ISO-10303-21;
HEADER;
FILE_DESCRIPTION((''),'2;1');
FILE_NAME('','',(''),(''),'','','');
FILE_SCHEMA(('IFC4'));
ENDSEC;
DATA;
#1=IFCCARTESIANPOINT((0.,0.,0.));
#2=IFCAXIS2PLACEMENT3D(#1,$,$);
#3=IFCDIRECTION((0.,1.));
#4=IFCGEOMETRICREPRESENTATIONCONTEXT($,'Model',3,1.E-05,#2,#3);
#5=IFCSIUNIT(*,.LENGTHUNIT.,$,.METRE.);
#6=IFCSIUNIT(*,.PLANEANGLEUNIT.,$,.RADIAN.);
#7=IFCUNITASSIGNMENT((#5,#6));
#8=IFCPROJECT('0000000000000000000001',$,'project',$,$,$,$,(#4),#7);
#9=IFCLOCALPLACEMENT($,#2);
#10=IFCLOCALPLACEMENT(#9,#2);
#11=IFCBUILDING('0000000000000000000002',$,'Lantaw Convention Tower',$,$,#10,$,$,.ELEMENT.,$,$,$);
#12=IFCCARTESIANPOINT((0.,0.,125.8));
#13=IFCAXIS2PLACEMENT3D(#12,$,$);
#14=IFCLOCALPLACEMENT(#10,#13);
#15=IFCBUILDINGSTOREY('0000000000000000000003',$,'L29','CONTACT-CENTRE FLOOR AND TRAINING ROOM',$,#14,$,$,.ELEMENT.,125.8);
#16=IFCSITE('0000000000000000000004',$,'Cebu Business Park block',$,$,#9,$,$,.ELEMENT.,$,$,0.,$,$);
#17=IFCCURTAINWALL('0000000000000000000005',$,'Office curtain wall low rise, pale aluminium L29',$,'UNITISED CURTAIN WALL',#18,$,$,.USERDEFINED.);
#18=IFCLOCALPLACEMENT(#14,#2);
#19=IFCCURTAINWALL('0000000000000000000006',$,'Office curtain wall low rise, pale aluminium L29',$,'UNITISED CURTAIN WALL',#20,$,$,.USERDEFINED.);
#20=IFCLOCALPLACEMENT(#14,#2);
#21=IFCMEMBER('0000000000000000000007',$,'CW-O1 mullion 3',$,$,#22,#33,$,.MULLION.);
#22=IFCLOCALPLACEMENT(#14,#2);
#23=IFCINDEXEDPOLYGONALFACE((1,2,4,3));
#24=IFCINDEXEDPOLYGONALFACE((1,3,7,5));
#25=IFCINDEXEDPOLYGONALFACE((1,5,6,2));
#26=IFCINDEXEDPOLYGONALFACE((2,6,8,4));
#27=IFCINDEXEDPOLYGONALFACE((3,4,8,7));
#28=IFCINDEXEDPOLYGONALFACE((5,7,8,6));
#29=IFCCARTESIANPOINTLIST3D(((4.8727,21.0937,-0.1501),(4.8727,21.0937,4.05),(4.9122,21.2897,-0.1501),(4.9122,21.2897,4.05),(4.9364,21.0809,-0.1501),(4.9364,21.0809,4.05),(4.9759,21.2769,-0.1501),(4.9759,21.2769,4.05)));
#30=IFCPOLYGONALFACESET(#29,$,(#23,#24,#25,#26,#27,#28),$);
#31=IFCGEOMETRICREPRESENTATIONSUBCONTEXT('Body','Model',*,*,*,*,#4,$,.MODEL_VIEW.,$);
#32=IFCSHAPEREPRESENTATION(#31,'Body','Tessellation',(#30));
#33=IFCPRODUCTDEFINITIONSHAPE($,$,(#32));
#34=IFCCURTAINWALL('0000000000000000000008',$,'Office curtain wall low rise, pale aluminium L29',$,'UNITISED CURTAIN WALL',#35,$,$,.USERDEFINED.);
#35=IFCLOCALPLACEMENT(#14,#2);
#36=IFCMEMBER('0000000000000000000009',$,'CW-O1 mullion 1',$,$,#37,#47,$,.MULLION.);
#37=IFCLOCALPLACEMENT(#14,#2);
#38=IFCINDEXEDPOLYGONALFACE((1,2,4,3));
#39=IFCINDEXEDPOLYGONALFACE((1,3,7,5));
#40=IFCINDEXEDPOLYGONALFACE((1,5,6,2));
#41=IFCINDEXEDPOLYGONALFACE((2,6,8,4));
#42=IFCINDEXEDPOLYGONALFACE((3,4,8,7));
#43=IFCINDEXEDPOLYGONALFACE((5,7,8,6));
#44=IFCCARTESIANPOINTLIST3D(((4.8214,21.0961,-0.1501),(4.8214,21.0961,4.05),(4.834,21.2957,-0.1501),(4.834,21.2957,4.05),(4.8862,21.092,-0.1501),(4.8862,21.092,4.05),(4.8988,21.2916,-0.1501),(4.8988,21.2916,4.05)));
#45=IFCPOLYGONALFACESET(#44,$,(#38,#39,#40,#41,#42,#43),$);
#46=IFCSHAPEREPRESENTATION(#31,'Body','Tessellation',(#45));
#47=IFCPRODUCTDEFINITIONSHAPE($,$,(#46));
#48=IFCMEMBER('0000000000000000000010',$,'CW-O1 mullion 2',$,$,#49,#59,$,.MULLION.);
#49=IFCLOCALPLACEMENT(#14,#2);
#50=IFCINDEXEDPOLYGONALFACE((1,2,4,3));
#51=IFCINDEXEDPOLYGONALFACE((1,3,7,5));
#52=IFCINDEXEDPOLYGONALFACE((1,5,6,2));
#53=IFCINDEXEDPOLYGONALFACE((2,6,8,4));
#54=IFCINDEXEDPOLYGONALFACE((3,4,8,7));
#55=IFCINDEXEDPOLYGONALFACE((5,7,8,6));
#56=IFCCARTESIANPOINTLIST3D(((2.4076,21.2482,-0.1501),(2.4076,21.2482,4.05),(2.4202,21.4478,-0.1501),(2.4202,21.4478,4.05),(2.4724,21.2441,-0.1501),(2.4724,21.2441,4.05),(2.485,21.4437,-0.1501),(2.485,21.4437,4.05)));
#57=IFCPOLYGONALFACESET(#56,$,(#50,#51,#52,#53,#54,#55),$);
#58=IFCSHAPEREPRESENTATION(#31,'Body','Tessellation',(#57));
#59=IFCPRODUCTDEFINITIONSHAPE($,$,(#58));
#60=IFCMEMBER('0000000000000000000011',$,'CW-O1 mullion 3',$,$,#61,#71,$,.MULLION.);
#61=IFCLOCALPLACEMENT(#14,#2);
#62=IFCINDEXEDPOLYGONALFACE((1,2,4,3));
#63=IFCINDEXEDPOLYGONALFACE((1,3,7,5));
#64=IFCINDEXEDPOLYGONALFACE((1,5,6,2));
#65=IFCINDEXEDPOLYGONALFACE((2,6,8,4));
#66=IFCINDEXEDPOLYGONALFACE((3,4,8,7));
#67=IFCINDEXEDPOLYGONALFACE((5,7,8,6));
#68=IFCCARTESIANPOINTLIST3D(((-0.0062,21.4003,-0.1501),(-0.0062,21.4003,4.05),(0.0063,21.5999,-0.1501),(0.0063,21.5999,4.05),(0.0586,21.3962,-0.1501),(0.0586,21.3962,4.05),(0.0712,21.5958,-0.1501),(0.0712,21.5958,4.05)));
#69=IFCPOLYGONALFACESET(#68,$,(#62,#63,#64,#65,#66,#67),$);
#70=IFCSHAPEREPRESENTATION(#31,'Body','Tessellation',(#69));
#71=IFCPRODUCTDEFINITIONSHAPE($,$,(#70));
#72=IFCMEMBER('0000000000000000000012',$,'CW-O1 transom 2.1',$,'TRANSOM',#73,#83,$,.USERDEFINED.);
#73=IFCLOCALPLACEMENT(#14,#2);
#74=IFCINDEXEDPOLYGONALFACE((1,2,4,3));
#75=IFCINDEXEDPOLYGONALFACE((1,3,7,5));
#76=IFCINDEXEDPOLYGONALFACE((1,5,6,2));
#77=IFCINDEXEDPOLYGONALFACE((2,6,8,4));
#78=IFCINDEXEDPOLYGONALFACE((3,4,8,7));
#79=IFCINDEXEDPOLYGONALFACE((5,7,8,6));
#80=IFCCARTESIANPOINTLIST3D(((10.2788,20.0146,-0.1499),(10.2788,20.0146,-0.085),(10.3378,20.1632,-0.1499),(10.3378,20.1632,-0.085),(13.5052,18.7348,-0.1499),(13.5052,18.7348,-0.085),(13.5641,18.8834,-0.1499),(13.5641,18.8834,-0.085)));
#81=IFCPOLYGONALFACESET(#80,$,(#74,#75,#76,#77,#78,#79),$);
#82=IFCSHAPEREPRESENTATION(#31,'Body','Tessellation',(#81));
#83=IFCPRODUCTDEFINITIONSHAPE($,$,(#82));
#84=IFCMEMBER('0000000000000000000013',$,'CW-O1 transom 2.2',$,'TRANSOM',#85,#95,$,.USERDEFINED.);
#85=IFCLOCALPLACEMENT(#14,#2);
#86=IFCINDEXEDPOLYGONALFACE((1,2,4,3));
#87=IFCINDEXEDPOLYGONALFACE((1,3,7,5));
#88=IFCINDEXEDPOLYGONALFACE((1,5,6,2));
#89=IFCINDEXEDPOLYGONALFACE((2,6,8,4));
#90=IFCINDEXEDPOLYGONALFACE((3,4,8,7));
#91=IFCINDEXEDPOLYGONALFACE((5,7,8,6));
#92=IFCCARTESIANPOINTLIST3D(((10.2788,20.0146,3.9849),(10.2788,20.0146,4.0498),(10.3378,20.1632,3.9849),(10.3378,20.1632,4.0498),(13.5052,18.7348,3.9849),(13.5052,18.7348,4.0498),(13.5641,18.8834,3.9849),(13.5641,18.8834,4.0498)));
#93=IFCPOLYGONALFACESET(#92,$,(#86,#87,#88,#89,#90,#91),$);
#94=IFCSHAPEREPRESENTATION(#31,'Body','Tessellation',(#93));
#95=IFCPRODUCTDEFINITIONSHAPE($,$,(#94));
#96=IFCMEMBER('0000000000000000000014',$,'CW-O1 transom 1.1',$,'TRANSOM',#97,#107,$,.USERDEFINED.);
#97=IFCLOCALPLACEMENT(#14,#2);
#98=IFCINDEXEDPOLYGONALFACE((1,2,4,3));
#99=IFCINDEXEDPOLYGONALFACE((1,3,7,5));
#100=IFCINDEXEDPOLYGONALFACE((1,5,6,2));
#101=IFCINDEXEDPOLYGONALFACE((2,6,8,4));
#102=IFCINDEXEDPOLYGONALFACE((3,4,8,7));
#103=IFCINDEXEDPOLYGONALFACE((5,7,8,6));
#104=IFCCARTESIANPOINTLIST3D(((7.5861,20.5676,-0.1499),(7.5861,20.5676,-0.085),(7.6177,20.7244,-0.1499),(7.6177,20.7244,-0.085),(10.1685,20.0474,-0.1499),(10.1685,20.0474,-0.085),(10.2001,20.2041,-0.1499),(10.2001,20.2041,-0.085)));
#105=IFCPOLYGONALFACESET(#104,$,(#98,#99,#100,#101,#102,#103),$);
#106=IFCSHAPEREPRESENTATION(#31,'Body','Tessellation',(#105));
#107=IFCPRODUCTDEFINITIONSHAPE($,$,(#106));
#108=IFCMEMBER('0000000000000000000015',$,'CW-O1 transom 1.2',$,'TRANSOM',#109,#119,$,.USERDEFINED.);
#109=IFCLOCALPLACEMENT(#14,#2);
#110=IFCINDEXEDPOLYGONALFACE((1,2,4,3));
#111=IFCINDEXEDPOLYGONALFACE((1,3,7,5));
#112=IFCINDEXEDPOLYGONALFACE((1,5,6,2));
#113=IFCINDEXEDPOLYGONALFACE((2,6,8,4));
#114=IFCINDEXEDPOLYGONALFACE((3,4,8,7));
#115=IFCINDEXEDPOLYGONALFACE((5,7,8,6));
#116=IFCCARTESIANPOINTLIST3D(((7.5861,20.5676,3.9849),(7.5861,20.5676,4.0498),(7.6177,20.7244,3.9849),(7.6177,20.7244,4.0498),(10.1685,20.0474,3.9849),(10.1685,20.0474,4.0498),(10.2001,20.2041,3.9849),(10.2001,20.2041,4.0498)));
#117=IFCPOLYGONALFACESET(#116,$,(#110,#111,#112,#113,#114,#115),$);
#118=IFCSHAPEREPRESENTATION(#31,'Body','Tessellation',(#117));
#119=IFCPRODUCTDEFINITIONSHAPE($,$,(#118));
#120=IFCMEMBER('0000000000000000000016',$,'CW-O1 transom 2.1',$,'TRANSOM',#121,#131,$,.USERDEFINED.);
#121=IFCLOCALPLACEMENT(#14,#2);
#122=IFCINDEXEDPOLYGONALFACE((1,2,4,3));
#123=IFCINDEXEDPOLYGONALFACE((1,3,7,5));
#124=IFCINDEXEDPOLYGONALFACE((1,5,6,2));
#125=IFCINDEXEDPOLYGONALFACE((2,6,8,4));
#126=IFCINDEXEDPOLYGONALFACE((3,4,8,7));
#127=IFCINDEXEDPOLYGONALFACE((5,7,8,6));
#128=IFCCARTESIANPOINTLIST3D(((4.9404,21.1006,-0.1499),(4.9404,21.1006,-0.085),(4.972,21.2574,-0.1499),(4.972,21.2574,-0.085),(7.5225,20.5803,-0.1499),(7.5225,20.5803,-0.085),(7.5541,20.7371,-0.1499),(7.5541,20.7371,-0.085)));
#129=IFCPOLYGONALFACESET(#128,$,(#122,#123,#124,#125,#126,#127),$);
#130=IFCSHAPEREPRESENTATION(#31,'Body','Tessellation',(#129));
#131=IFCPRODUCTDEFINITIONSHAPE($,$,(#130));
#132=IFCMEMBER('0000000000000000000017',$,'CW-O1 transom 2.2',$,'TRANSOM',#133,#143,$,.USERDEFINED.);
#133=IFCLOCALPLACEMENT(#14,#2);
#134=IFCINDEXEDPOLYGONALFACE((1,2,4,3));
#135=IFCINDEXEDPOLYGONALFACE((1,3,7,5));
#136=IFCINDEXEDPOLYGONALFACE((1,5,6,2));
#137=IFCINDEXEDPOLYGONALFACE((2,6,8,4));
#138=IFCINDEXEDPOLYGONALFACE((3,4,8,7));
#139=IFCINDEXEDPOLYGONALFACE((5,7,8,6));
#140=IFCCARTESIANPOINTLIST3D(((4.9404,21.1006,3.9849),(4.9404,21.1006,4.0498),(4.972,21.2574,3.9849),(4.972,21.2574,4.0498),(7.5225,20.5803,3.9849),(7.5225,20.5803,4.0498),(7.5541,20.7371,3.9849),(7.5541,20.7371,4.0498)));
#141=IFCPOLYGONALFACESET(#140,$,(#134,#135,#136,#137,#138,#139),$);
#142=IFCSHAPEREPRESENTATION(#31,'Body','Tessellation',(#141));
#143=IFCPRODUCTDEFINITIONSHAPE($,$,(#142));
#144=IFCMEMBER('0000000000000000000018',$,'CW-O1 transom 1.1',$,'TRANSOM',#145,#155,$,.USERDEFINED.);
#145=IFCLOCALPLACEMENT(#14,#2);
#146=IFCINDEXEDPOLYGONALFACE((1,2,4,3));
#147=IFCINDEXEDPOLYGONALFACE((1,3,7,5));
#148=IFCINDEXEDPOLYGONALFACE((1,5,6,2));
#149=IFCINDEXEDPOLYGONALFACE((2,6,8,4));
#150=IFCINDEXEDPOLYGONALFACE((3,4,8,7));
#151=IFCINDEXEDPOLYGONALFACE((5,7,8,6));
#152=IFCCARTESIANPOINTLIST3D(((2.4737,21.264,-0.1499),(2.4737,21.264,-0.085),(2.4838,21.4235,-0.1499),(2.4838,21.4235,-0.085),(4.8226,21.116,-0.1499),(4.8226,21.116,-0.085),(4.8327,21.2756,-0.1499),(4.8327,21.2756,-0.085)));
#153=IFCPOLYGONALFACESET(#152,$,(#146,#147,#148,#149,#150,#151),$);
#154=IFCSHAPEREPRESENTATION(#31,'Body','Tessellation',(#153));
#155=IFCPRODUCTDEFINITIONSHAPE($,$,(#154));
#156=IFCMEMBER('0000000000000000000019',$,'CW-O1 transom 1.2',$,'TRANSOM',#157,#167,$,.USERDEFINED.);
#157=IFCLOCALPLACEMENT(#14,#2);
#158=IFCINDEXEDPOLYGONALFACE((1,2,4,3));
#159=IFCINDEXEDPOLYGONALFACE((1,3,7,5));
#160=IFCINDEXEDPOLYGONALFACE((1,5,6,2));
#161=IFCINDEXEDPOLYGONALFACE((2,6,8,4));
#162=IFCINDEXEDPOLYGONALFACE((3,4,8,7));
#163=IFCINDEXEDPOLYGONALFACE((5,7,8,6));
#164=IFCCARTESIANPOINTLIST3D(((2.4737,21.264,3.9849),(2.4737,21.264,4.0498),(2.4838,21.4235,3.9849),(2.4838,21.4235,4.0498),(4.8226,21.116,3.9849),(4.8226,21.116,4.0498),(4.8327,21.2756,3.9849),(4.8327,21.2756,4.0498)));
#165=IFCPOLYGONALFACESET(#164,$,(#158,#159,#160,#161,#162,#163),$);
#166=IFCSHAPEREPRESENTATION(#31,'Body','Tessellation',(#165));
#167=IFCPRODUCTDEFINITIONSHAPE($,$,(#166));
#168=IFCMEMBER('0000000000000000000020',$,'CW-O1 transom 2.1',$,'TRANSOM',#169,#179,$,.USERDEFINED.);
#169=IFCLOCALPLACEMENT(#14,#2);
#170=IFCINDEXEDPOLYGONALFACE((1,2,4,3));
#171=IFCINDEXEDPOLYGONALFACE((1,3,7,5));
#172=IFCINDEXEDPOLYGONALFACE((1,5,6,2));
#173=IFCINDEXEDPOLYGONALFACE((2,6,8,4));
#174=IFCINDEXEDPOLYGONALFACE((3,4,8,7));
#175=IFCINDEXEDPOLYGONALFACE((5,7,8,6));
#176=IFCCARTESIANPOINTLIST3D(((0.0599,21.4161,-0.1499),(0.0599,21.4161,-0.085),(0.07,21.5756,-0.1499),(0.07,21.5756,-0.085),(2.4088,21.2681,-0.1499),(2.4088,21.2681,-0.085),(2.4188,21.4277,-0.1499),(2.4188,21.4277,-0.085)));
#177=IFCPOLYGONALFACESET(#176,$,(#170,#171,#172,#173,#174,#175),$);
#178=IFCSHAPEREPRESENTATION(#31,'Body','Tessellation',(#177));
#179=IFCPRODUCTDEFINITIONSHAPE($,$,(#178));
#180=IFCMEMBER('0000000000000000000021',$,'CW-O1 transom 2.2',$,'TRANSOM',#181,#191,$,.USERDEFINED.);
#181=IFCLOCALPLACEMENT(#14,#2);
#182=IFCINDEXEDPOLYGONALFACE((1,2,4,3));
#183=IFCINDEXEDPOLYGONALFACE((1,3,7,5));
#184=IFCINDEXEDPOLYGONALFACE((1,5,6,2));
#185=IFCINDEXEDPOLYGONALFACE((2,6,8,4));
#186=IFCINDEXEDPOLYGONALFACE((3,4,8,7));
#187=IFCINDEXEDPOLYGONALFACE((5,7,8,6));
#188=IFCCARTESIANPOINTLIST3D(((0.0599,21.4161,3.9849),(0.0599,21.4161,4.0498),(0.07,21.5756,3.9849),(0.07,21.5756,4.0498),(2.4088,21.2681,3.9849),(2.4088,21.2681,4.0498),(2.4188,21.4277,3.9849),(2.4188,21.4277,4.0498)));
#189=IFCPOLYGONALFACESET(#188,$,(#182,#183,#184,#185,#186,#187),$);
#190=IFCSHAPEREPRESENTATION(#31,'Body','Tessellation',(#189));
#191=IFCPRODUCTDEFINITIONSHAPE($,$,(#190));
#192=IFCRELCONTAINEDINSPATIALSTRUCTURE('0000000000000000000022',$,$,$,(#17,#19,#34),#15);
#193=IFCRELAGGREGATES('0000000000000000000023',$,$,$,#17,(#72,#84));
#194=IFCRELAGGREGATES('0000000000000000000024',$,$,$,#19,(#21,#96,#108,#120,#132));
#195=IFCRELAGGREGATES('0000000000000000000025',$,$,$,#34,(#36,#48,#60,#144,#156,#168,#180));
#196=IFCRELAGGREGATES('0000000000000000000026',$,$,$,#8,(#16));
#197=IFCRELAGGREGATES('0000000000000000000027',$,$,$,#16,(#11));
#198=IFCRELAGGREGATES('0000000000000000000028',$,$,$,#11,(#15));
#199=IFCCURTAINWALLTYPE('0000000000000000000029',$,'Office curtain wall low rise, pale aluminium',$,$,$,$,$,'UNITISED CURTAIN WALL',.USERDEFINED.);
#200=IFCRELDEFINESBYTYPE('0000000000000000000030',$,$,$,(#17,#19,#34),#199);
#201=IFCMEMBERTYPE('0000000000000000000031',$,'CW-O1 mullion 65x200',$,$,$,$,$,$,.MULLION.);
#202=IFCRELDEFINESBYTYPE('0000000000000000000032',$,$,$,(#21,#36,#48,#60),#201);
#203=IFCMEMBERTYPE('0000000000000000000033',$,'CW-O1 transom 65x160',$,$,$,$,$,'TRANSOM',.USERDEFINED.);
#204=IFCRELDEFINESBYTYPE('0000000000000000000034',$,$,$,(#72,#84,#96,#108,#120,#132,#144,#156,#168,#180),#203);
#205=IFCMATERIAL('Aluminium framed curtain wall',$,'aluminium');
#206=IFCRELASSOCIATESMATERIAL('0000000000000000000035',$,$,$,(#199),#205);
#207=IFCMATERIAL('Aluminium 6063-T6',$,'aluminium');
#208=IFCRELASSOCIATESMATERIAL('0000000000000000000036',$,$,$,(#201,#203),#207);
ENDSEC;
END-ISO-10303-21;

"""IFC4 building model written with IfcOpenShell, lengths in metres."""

from ifc_helpers import new_model, si_unit, direction, frame, origin, origin_2d, place, context, subcontext, project, spatial, rectangle, extrude, material, material_profile, profile_set, type_object, element, aggregate, save


model = new_model("IFC4")

# Units and contexts
model_context = context("Model", 3, precision=1e-05, world=origin(), true_north=direction((0.0, 1.0)))
body_context = subcontext(model_context, "Body", "Model", "MODEL_VIEW")
ifc_project = project(units=[si_unit("LENGTHUNIT", "METRE"), si_unit("PLANEANGLEUNIT", "RADIAN")], contexts=[model_context])

# Site, building, storey
site_placement = place(None, origin())
site = spatial("IfcSite", under=ifc_project, at=site_placement, Name="Cebu Business Park block", CompositionType="ELEMENT", RefElevation=0.0)
building_placement = place(site_placement, origin())
building = spatial("IfcBuilding", under=site, at=building_placement, Name="Lantaw Convention Tower", CompositionType="ELEMENT")
storey_placement = place(building_placement, frame((0.0, 0.0, 125.8)))
storey = spatial("IfcBuildingStorey", under=building, at=storey_placement, Name="L29", Description="CONTACT-CENTRE FLOOR AND TRAINING ROOM", CompositionType="ELEMENT", Elevation=125.8)

# Curtain walls, members
ifc_material_1 = material(Name="Aluminium framed curtain wall", Category="aluminium")
curtain_wall_type = type_object("IfcCurtainWallType", Name="Office curtain wall low rise, pale aluminium", ElementType="UNITISED CURTAIN WALL", PredefinedType="USERDEFINED", material=ifc_material_1)
curtain_wall_1_placement = place(storey_placement, origin())
curtain_wall_1 = element("IfcCurtainWall", 1, at=curtain_wall_1_placement, inside=storey, type_object=curtain_wall_type, Name="Office curtain wall low rise, pale aluminium L29", ObjectType="UNITISED CURTAIN WALL", PredefinedType="USERDEFINED")
ifc_material_2 = material(Name="Aluminium 6063-T6", Category="aluminium")
ifc_material_profile_1 = material_profile(ifc_material_2, rectangle(XDim=0.2, YDim=0.0649, at=origin_2d()), Name="CW-O1 mullion 65x200")
ifc_profile_set_1 = profile_set([ifc_material_profile_1], Name="Aluminium 6063-T6")
member_type_1 = type_object("IfcMemberType", Name="CW-O1 mullion 65x200", PredefinedType="MULLION", material=ifc_profile_set_1)
curtain_wall_2_placement = place(storey_placement, origin())
curtain_wall_2 = element("IfcCurtainWall", 2, at=curtain_wall_2_placement, inside=storey, type_object=curtain_wall_type, Name="Office curtain wall low rise, pale aluminium L29", ObjectType="UNITISED CURTAIN WALL", PredefinedType="USERDEFINED")
member_1_placement = place(storey_placement, frame((4.9243, 21.1853, -0.1501), z_axis=(0.0, 0.0, 1.0), x_axis=(-0.197507, -0.980302, 0.0)))
member_1 = element("IfcMember", 3, at=member_1_placement, type_object=member_type_1, Name="CW-O1 mullion 3", PredefinedType="MULLION", context=body_context, shape_type="SweptSolid", body=[
    extrude(rectangle(XDim=0.2, YDim=0.0649, at=origin_2d()), origin(), (0.0, 0.0, 1.0), 4.2002),
])
curtain_wall_3_placement = place(storey_placement, origin())
curtain_wall_3 = element("IfcCurtainWall", 4, at=curtain_wall_3_placement, inside=storey, type_object=curtain_wall_type, Name="Office curtain wall low rise, pale aluminium L29", ObjectType="UNITISED CURTAIN WALL", PredefinedType="USERDEFINED")
member_2_placement = place(storey_placement, frame((4.8601, 21.1938, -0.1501), z_axis=(0.0, 0.0, 1.0), x_axis=(-0.062865, -0.998022, 0.0)))
member_2 = element("IfcMember", 5, at=member_2_placement, type_object=member_type_1, Name="CW-O1 mullion 1", PredefinedType="MULLION", context=body_context, shape_type="SweptSolid", body=[
    extrude(rectangle(XDim=0.2, YDim=0.0649, at=origin_2d()), origin(), (0.0, 0.0, 1.0), 4.2002),
])
member_3_placement = place(storey_placement, frame((2.4463, 21.3459, -0.1501), z_axis=(0.0, 0.0, 1.0), x_axis=(-0.062865, -0.998022, 0.0)))
member_3 = element("IfcMember", 6, at=member_3_placement, type_object=member_type_1, Name="CW-O1 mullion 2", PredefinedType="MULLION", context=body_context, shape_type="SweptSolid", body=[
    extrude(rectangle(XDim=0.2, YDim=0.0649, at=origin_2d()), origin(), (0.0, 0.0, 1.0), 4.2002),
])
member_4_placement = place(storey_placement, frame((0.0325, 21.498, -0.1501), z_axis=(0.0, 0.0, 1.0), x_axis=(-0.062865, -0.998022, 0.0)))
member_4 = element("IfcMember", 7, at=member_4_placement, type_object=member_type_1, Name="CW-O1 mullion 3", PredefinedType="MULLION", context=body_context, shape_type="SweptSolid", body=[
    extrude(rectangle(XDim=0.2, YDim=0.0649, at=origin_2d()), origin(), (0.0, 0.0, 1.0), 4.2002),
])

# Members
ifc_material_profile_2 = material_profile(ifc_material_2, rectangle(XDim=0.1599, YDim=0.0649, at=origin_2d()), Name="CW-O1 transom 65x160")
ifc_profile_set_2 = profile_set([ifc_material_profile_2], Name="Aluminium 6063-T6")
member_type_2 = type_object("IfcMemberType", Name="CW-O1 transom 65x160", ElementType="TRANSOM", PredefinedType="USERDEFINED", material=ifc_profile_set_2)
member_5_placement = place(storey_placement, frame((13.5347, 18.8091, -0.1174), z_axis=(-0.92954, 0.368721, 0.0), x_axis=(-0.368721, -0.92954, 0.0)))
member_5 = element("IfcMember", 8, at=member_5_placement, type_object=member_type_2, Name="CW-O1 transom 2.1", ObjectType="TRANSOM", PredefinedType="USERDEFINED", context=body_context, shape_type="SweptSolid", body=[
    extrude(rectangle(XDim=0.1599, YDim=0.0649, at=origin_2d()), origin(), (0.0, 0.0, 1.0), 3.4709),
])
member_6_placement = place(storey_placement, frame((13.5347, 18.8091, 4.0173), z_axis=(-0.92954, 0.368721, 0.0), x_axis=(-0.368721, -0.92954, 0.0)))
member_6 = element("IfcMember", 9, at=member_6_placement, type_object=member_type_2, Name="CW-O1 transom 2.2", ObjectType="TRANSOM", PredefinedType="USERDEFINED", context=body_context, shape_type="SweptSolid", body=[
    extrude(rectangle(XDim=0.1599, YDim=0.0649, at=origin_2d()), origin(), (0.0, 0.0, 1.0), 3.4709),
])
member_7_placement = place(storey_placement, frame((10.1843, 20.1257, -0.1174), z_axis=(-0.980302, 0.197506, 0.0), x_axis=(-0.197506, -0.980302, 0.0)))
member_7 = element("IfcMember", 10, at=member_7_placement, type_object=member_type_2, Name="CW-O1 transom 1.1", ObjectType="TRANSOM", PredefinedType="USERDEFINED", context=body_context, shape_type="SweptSolid", body=[
    extrude(rectangle(XDim=0.1599, YDim=0.0649, at=origin_2d()), origin(), (0.0, 0.0, 1.0), 2.6343),
])
member_8_placement = place(storey_placement, frame((10.1843, 20.1257, 4.0173), z_axis=(-0.980302, 0.197506, 0.0), x_axis=(-0.197506, -0.980302, 0.0)))
member_8 = element("IfcMember", 11, at=member_8_placement, type_object=member_type_2, Name="CW-O1 transom 1.2", ObjectType="TRANSOM", PredefinedType="USERDEFINED", context=body_context, shape_type="SweptSolid", body=[
    extrude(rectangle(XDim=0.1599, YDim=0.0649, at=origin_2d()), origin(), (0.0, 0.0, 1.0), 2.6343),
])
member_9_placement = place(storey_placement, frame((7.5383, 20.6587, -0.1174), z_axis=(-0.980298, 0.197524, 0.0), x_axis=(-0.197524, -0.980298, 0.0)))
member_9 = element("IfcMember", 12, at=member_9_placement, type_object=member_type_2, Name="CW-O1 transom 2.1", ObjectType="TRANSOM", PredefinedType="USERDEFINED", context=body_context, shape_type="SweptSolid", body=[
    extrude(rectangle(XDim=0.1599, YDim=0.0649, at=origin_2d()), origin(), (0.0, 0.0, 1.0), 2.634),
])
member_10_placement = place(storey_placement, frame((7.5383, 20.6587, 4.0173), z_axis=(-0.980298, 0.197524, 0.0), x_axis=(-0.197524, -0.980298, 0.0)))
member_10 = element("IfcMember", 13, at=member_10_placement, type_object=member_type_2, Name="CW-O1 transom 2.2", ObjectType="TRANSOM", PredefinedType="USERDEFINED", context=body_context, shape_type="SweptSolid", body=[
    extrude(rectangle(XDim=0.1599, YDim=0.0649, at=origin_2d()), origin(), (0.0, 0.0, 1.0), 2.634),
])
member_11_placement = place(storey_placement, frame((4.8276, 21.1958, -0.1174), z_axis=(-0.998022, 0.062863, 0.0), x_axis=(-0.062863, -0.998022, 0.0)))
member_11 = element("IfcMember", 14, at=member_11_placement, type_object=member_type_2, Name="CW-O1 transom 1.1", ObjectType="TRANSOM", PredefinedType="USERDEFINED", context=body_context, shape_type="SweptSolid", body=[
    extrude(rectangle(XDim=0.1599, YDim=0.0649, at=origin_2d()), origin(), (0.0, 0.0, 1.0), 2.3535),
])
member_12_placement = place(storey_placement, frame((4.8276, 21.1958, 4.0173), z_axis=(-0.998022, 0.062863, 0.0), x_axis=(-0.062863, -0.998022, 0.0)))
member_12 = element("IfcMember", 15, at=member_12_placement, type_object=member_type_2, Name="CW-O1 transom 1.2", ObjectType="TRANSOM", PredefinedType="USERDEFINED", context=body_context, shape_type="SweptSolid", body=[
    extrude(rectangle(XDim=0.1599, YDim=0.0649, at=origin_2d()), origin(), (0.0, 0.0, 1.0), 2.3535),
])
member_13_placement = place(storey_placement, frame((2.4138, 21.3479, -0.1174), z_axis=(-0.998022, 0.062863, 0.0), x_axis=(-0.062863, -0.998022, 0.0)))
member_13 = element("IfcMember", 16, at=member_13_placement, type_object=member_type_2, Name="CW-O1 transom 2.1", ObjectType="TRANSOM", PredefinedType="USERDEFINED", context=body_context, shape_type="SweptSolid", body=[
    extrude(rectangle(XDim=0.1599, YDim=0.0649, at=origin_2d()), origin(), (0.0, 0.0, 1.0), 2.3535),
])
member_14_placement = place(storey_placement, frame((2.4138, 21.3479, 4.0173), z_axis=(-0.998022, 0.062863, 0.0), x_axis=(-0.062863, -0.998022, 0.0)))
member_14 = element("IfcMember", 17, at=member_14_placement, type_object=member_type_2, Name="CW-O1 transom 2.2", ObjectType="TRANSOM", PredefinedType="USERDEFINED", context=body_context, shape_type="SweptSolid", body=[
    extrude(rectangle(XDim=0.1599, YDim=0.0649, at=origin_2d()), origin(), (0.0, 0.0, 1.0), 2.3535),
])

aggregate(curtain_wall_1, [member_5, member_6])
aggregate(curtain_wall_2, [member_1, member_7, member_8, member_9, member_10])
aggregate(curtain_wall_3, [member_2, member_3, member_4, member_11, member_12, member_13, member_14])

save(model, "model.ifc")
